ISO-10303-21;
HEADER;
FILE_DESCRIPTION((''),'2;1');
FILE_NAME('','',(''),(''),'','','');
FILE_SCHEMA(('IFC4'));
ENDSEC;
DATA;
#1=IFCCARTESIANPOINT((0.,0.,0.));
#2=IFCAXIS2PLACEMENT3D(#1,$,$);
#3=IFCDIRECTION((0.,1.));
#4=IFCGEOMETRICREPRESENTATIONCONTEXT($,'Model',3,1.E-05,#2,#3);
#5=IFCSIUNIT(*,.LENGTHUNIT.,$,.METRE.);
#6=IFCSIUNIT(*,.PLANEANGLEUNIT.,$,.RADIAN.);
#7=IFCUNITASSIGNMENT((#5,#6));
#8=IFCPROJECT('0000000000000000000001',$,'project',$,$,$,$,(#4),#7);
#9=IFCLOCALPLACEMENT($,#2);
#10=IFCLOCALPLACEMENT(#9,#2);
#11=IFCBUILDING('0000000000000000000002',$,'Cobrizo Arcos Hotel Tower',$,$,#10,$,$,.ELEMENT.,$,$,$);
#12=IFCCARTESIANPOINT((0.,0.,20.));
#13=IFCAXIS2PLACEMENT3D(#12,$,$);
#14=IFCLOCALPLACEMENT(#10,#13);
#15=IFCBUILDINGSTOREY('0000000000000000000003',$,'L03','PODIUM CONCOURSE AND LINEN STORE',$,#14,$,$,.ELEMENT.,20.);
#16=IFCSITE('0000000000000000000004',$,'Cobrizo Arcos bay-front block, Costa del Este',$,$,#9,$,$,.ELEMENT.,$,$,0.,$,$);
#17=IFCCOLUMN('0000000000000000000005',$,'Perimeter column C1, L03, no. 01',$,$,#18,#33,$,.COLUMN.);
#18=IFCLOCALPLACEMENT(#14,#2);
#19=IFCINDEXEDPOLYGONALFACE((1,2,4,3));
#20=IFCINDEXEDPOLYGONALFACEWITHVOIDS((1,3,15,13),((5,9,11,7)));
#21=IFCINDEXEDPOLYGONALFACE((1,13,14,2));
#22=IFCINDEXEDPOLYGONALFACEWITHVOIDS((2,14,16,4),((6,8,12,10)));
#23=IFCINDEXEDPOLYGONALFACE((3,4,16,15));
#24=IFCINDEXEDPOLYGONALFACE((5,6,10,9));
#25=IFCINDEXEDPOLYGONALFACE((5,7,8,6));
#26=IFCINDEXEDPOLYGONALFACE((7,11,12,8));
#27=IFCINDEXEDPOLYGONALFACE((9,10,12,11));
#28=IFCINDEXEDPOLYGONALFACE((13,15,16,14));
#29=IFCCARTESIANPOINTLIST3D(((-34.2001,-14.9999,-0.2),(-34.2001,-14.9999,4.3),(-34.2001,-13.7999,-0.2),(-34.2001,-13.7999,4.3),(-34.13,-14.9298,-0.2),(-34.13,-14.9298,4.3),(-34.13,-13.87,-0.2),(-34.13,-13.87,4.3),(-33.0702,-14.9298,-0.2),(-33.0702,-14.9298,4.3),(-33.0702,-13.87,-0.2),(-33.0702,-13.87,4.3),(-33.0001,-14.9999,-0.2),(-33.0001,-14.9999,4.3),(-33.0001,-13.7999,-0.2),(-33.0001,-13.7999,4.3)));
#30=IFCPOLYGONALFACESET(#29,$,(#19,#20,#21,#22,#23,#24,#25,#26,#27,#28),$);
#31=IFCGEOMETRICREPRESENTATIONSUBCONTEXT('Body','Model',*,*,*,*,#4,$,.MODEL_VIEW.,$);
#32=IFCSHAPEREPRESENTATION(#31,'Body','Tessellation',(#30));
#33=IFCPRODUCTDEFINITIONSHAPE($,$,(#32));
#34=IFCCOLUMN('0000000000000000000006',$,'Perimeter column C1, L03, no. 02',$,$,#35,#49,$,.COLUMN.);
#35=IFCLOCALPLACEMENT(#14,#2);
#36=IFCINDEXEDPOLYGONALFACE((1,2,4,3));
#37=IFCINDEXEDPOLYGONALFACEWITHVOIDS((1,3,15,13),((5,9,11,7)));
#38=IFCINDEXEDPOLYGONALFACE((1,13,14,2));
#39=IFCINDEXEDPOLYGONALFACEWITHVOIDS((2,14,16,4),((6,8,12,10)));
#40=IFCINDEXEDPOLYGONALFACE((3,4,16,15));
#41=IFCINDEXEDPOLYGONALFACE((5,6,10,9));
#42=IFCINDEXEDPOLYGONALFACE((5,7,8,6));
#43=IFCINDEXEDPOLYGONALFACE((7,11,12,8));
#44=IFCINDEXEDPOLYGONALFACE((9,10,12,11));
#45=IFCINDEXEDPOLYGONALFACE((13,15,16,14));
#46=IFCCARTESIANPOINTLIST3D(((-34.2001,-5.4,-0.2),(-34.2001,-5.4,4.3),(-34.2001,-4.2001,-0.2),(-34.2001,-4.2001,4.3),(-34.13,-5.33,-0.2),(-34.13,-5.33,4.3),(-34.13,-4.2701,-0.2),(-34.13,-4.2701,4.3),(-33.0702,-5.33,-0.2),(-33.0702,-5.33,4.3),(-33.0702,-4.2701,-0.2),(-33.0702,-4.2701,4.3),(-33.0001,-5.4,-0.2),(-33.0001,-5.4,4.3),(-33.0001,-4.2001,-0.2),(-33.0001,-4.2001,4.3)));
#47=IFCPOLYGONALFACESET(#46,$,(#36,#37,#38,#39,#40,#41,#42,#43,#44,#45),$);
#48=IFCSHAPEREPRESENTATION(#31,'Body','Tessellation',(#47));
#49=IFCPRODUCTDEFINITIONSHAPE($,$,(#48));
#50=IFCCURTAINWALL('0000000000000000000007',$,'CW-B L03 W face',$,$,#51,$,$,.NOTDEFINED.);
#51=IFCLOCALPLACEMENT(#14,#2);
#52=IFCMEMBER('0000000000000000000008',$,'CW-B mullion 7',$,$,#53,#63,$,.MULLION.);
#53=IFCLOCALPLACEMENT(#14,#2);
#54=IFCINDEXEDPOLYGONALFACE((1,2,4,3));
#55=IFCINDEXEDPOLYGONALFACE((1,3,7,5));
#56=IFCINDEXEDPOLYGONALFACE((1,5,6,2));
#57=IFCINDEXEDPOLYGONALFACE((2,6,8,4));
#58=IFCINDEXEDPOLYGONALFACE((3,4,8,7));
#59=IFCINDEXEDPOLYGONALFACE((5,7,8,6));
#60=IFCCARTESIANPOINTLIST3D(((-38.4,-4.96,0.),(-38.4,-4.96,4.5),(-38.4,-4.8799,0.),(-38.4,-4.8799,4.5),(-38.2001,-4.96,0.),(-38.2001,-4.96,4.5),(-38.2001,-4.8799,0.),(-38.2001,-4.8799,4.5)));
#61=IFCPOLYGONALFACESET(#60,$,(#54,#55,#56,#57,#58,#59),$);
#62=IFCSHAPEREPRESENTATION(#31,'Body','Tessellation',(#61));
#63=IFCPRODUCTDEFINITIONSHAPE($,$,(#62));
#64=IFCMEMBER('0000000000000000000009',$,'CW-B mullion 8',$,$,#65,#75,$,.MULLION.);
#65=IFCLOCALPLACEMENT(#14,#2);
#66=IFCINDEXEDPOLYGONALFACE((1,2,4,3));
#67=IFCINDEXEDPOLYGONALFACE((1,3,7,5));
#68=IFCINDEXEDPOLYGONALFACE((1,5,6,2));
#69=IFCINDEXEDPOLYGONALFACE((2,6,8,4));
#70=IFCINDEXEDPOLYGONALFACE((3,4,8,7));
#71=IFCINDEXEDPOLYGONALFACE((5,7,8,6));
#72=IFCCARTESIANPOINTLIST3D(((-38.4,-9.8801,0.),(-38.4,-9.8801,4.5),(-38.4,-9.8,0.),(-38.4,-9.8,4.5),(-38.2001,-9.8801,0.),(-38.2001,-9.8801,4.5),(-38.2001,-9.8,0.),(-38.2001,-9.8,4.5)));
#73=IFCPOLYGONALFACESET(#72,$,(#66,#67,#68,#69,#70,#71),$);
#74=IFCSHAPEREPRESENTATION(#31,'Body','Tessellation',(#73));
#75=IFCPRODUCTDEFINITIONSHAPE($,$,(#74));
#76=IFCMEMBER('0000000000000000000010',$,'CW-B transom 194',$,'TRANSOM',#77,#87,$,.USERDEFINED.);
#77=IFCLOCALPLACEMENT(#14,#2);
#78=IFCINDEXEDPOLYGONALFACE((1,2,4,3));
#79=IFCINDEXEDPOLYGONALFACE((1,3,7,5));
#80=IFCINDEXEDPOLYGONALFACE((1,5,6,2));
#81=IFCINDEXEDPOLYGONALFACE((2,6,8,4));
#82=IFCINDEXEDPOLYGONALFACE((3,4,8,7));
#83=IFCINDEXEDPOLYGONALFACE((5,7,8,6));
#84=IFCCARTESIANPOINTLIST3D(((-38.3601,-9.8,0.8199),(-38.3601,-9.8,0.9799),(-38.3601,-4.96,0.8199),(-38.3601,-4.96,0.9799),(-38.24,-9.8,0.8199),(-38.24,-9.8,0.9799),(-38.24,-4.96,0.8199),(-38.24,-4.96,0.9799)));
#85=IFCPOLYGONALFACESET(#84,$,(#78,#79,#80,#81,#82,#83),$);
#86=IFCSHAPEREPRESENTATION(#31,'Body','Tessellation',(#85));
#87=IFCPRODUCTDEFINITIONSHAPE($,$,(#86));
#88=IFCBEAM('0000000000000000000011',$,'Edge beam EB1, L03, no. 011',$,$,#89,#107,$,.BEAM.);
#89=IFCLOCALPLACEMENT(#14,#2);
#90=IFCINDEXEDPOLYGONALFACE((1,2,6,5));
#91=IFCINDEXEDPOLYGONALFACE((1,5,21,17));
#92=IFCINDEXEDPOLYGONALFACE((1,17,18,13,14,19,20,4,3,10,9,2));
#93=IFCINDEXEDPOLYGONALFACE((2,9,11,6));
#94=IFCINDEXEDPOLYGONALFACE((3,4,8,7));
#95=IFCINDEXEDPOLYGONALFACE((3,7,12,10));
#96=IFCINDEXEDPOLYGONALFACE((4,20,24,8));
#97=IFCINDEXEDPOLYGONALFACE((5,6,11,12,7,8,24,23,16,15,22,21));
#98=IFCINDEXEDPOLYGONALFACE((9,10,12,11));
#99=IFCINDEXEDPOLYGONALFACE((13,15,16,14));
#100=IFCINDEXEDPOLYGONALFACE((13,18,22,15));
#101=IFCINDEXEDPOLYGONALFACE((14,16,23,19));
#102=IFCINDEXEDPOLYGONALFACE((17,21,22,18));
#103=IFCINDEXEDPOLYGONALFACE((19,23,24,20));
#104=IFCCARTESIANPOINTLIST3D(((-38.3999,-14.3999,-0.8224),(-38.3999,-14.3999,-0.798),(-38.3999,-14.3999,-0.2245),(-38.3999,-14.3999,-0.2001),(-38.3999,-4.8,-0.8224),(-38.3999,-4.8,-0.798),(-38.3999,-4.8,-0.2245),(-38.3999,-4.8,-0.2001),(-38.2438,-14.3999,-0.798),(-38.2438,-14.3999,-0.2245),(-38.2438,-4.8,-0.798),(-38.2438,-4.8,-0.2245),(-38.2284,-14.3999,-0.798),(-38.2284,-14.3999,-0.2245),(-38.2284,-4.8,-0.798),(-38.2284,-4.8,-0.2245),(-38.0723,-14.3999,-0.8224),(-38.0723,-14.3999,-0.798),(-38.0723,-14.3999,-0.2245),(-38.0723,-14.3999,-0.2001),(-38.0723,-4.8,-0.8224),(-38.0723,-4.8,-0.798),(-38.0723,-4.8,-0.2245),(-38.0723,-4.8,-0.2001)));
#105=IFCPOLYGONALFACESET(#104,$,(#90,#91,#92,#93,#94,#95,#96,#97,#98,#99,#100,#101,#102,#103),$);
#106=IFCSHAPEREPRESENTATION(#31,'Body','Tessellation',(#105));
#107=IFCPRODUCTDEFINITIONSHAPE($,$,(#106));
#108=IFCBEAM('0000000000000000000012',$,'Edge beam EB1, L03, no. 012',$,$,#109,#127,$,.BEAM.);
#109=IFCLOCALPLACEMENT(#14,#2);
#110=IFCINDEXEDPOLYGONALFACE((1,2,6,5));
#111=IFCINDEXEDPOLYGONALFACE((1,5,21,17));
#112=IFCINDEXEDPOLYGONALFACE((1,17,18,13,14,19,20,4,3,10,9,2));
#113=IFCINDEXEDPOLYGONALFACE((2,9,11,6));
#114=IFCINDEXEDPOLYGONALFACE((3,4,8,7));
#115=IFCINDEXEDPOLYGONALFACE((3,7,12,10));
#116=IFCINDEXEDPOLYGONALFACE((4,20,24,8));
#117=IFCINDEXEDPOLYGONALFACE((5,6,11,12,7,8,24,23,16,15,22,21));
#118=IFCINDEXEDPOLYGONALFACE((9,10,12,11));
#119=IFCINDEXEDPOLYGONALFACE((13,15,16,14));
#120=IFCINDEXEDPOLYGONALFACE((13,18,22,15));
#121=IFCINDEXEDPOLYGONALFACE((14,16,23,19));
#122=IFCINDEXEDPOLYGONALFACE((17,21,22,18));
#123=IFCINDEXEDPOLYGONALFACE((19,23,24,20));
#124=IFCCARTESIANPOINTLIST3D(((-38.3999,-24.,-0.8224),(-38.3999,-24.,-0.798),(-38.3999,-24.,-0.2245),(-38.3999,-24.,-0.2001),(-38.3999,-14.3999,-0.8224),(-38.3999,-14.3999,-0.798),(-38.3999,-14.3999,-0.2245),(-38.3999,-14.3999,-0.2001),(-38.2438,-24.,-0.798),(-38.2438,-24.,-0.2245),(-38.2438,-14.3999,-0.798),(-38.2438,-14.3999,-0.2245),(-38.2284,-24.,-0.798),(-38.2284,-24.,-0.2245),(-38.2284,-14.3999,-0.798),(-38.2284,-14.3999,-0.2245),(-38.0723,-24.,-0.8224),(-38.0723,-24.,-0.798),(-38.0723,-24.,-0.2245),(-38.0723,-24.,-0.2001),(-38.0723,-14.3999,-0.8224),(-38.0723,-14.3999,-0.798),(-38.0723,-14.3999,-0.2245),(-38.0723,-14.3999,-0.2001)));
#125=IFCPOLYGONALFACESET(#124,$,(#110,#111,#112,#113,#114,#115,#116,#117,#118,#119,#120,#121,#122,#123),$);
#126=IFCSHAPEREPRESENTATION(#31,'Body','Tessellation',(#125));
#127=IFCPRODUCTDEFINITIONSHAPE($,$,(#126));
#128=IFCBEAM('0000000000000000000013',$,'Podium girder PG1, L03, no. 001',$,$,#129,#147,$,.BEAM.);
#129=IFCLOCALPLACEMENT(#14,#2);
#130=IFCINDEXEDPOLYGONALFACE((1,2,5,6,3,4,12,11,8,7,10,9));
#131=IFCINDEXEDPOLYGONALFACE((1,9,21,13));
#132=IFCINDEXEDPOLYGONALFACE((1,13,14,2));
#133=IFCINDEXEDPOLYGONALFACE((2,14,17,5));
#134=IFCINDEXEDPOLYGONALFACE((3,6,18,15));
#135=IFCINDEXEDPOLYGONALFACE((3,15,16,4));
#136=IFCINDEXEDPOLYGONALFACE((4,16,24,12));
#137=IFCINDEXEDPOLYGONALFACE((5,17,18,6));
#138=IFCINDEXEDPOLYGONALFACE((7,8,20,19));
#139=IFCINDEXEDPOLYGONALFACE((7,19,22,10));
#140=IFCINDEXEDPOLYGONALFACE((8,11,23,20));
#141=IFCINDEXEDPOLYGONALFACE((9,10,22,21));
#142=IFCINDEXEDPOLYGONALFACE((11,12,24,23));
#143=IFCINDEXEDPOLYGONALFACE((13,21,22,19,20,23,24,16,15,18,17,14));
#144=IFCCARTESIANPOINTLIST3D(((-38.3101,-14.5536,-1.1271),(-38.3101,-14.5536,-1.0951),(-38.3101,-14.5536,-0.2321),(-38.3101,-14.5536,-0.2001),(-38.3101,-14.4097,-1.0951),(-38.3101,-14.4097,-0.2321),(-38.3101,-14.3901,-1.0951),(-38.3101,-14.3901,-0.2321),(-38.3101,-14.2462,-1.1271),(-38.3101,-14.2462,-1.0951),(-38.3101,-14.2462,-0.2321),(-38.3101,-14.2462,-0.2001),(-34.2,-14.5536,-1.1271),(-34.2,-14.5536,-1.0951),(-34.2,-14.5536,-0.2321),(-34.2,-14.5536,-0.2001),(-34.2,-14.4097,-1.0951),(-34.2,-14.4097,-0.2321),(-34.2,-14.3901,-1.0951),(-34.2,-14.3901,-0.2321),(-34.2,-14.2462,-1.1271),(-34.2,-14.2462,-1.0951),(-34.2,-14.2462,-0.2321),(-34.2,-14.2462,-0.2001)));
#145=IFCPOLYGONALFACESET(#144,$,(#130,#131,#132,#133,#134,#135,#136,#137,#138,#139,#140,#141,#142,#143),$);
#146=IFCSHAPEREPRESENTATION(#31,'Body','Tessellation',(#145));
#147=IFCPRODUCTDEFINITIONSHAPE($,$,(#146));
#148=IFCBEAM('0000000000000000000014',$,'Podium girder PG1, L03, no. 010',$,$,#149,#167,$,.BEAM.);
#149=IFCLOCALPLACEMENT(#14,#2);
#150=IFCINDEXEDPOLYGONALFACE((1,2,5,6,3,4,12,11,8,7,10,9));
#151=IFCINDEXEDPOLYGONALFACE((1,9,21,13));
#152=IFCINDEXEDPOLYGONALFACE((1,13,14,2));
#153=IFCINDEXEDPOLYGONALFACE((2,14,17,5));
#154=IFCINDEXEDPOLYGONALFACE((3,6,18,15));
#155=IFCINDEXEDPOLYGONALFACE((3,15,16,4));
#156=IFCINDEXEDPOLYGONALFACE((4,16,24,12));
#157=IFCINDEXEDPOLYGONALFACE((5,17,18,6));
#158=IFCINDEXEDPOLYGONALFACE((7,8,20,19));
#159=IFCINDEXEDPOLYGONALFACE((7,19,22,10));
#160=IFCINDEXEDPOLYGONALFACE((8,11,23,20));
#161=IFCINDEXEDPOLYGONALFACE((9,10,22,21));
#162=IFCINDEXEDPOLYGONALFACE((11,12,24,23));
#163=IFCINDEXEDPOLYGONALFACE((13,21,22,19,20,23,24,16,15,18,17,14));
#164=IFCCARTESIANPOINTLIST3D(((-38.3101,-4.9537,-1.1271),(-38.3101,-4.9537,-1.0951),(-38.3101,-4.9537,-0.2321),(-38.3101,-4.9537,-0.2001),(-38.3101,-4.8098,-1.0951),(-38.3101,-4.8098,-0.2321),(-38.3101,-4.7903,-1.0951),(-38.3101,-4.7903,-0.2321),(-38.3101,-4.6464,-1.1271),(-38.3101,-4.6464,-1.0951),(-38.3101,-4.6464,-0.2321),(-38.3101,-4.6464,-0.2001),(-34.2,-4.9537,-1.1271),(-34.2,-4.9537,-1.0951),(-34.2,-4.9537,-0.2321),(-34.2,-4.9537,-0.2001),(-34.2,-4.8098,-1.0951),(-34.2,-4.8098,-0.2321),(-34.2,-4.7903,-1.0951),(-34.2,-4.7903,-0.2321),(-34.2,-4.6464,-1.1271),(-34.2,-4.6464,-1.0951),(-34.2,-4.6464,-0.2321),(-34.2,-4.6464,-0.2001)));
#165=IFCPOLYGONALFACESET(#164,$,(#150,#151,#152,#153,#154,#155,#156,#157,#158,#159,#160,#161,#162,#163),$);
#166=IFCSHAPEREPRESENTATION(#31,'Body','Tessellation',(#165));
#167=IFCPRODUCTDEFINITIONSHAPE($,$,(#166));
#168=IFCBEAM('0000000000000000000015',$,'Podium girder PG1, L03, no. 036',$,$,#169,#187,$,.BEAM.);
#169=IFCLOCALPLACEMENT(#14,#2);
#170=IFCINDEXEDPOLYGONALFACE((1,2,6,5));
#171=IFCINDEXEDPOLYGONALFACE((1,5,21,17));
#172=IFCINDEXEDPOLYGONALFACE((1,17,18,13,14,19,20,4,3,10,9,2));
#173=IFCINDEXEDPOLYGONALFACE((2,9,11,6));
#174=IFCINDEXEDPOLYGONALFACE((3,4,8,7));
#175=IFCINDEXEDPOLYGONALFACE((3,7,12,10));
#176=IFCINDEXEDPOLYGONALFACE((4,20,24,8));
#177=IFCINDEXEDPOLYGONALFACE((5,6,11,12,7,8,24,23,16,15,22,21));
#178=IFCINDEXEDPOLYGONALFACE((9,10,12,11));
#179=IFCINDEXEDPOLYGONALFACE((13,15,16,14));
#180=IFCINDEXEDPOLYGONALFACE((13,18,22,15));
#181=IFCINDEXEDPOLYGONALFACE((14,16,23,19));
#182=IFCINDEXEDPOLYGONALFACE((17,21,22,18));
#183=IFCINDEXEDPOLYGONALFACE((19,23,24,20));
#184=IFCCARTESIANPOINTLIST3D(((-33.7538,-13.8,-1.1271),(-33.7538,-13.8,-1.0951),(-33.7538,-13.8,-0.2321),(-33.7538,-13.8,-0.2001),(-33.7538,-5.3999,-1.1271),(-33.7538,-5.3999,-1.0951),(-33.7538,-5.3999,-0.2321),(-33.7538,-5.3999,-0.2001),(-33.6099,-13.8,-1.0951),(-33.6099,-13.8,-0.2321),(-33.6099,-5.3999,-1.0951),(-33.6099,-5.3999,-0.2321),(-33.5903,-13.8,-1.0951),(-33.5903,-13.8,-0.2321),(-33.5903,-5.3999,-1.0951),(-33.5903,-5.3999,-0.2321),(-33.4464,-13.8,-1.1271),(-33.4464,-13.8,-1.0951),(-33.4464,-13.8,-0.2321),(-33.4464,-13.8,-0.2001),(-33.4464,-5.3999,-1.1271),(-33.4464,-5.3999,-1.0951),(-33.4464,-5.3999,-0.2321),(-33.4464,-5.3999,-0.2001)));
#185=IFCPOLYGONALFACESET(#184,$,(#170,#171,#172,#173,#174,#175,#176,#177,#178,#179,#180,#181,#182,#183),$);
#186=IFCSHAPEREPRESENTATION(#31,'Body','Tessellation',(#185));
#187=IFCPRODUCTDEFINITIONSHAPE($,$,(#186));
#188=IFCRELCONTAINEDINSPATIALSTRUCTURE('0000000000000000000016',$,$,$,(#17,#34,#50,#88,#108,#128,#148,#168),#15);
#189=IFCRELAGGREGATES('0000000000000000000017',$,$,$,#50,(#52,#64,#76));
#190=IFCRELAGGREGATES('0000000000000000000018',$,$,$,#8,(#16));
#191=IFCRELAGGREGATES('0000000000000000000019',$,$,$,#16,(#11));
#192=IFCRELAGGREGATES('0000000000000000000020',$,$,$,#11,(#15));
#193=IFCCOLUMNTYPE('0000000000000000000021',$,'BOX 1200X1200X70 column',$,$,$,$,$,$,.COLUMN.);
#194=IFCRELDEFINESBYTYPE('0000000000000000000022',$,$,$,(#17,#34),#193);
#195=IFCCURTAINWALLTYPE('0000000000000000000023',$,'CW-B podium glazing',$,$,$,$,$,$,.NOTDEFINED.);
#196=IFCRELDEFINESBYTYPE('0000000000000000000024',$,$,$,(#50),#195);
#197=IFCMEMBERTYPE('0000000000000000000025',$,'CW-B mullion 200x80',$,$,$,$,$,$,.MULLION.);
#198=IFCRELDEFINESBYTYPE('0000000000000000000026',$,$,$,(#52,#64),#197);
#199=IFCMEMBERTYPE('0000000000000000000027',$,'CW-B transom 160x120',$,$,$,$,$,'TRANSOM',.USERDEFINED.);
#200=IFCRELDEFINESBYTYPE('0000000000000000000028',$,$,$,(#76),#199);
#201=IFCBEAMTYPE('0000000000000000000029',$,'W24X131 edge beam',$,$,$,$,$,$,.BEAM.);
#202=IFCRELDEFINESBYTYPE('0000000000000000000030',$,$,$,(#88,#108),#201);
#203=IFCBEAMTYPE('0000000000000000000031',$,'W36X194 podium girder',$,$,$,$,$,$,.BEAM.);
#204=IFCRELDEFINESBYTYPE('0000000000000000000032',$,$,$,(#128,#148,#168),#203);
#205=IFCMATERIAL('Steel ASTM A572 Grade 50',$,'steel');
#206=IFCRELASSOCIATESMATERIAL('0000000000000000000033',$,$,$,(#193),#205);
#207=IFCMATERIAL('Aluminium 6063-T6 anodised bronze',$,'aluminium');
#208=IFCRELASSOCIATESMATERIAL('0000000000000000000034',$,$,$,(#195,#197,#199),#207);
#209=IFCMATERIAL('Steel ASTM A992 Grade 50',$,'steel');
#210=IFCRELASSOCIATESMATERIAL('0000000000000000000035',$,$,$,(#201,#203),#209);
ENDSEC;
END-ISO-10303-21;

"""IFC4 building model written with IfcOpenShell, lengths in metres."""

from ifc_helpers import new_model, si_unit, direction, frame, origin, origin_2d, place, context, subcontext, project, spatial, rectangle, hollow_rectangle, i_section, extrude, material, material_profile, profile_set, type_object, element, aggregate, save


model = new_model("IFC4")

# Units and contexts
model_context = context("Model", 3, precision=1e-05, world=origin(), true_north=direction((0.0, 1.0)))
body_context = subcontext(model_context, "Body", "Model", "MODEL_VIEW")
ifc_project = project(units=[si_unit("LENGTHUNIT", "METRE"), si_unit("PLANEANGLEUNIT", "RADIAN")], contexts=[model_context])

# Site, building, storey
site_placement = place(None, origin())
site = spatial("IfcSite", under=ifc_project, at=site_placement, Name="Cobrizo Arcos bay-front block, Costa del Este", CompositionType="ELEMENT", RefElevation=0.0)
building_placement = place(site_placement, origin())
building = spatial("IfcBuilding", under=site, at=building_placement, Name="Cobrizo Arcos Hotel Tower", CompositionType="ELEMENT")
storey_placement = place(building_placement, frame((0.0, 0.0, 20.0)))
storey = spatial("IfcBuildingStorey", under=building, at=storey_placement, Name="L03", Description="PODIUM CONCOURSE AND LINEN STORE", CompositionType="ELEMENT", Elevation=20.0)

# Columns
ifc_material_1 = material(Name="Steel ASTM A572 Grade 50", Category="steel")
ifc_material_profile_1 = material_profile(ifc_material_1, hollow_rectangle(XDim=1.2, YDim=1.2, WallThickness=0.0701, at=origin_2d()), Name="BOX 1200X1200X70")
ifc_profile_set_1 = profile_set([ifc_material_profile_1], Name="Steel ASTM A572 Grade 50")
column_type = type_object("IfcColumnType", Name="BOX 1200X1200X70 column", PredefinedType="COLUMN", material=ifc_profile_set_1)
for number, where, z_axis, x_axis, name in (
    (1, (-33.6001, -14.3999, -0.2), (0.0, 0.0, 1.0), (1.0, 0.0, 0.0), "Perimeter column C1, L03, no. 01"),
    (2, (-33.6001, -4.8, -0.2), (0.0, 0.0, 1.0), (1.0, 0.0, 0.0), "Perimeter column C1, L03, no. 02"),
):
    element("IfcColumn", number, at=place(storey_placement, frame(where, z_axis=z_axis, x_axis=x_axis)), inside=storey, type_object=column_type, Name=name, PredefinedType="COLUMN", context=body_context, shape_type="SweptSolid", body=[
        extrude(hollow_rectangle(XDim=1.2, YDim=1.2, WallThickness=0.0701, at=origin_2d()), origin(), (0.0, 0.0, 1.0), 4.5),
    ])

# Curtain wall, members
ifc_material_2 = material(Name="Aluminium 6063-T6 anodised bronze", Category="aluminium")
curtain_wall_type = type_object("IfcCurtainWallType", Name="CW-B podium glazing", PredefinedType="NOTDEFINED", material=ifc_material_2)
curtain_wall_placement = place(storey_placement, origin())
curtain_wall = element("IfcCurtainWall", 3, at=curtain_wall_placement, inside=storey, type_object=curtain_wall_type, Name="CW-B L03 W face", PredefinedType="NOTDEFINED")
ifc_material_profile_2 = material_profile(ifc_material_2, rectangle(XDim=0.2, YDim=0.0801, at=origin_2d()), Name="CW-B mullion 200x80")
ifc_profile_set_2 = profile_set([ifc_material_profile_2], Name="Aluminium 6063-T6 anodised bronze")
member_type_1 = type_object("IfcMemberType", Name="CW-B mullion 200x80", PredefinedType="MULLION", material=ifc_profile_set_2)
member_1_placement = place(storey_placement, frame((-38.3, -4.9199, 0.0), z_axis=(0.0, 0.0, 1.0), x_axis=(-1.0, 0.0, 0.0)))
member_1 = element("IfcMember", 4, at=member_1_placement, type_object=member_type_1, Name="CW-B mullion 7", PredefinedType="MULLION", context=body_context, shape_type="SweptSolid", body=[
    extrude(rectangle(XDim=0.2, YDim=0.0801, at=origin_2d()), origin(), (0.0, 0.0, 1.0), 4.5),
])
member_2_placement = place(storey_placement, frame((-38.3, -9.8401, 0.0), z_axis=(0.0, 0.0, 1.0), x_axis=(-1.0, 0.0, 0.0)))
member_2 = element("IfcMember", 5, at=member_2_placement, type_object=member_type_1, Name="CW-B mullion 8", PredefinedType="MULLION", context=body_context, shape_type="SweptSolid", body=[
    extrude(rectangle(XDim=0.2, YDim=0.0801, at=origin_2d()), origin(), (0.0, 0.0, 1.0), 4.5),
])
ifc_material_profile_3 = material_profile(ifc_material_2, rectangle(XDim=0.1201, YDim=0.1599, at=origin_2d()), Name="CW-B transom 160x120")
ifc_profile_set_3 = profile_set([ifc_material_profile_3], Name="Aluminium 6063-T6 anodised bronze")
member_type_2 = type_object("IfcMemberType", Name="CW-B transom 160x120", ElementType="TRANSOM", PredefinedType="USERDEFINED", material=ifc_profile_set_3)
member_3_placement = place(storey_placement, frame((-38.3, -4.96, 0.8999), z_axis=(0.0, -1.0, 0.0), x_axis=(1.0, 0.0, 0.0)))
member_3 = element("IfcMember", 6, at=member_3_placement, type_object=member_type_2, Name="CW-B transom 194", ObjectType="TRANSOM", PredefinedType="USERDEFINED", context=body_context, shape_type="SweptSolid", body=[
    extrude(rectangle(XDim=0.1201, YDim=0.1599, at=origin_2d()), origin(), (0.0, 0.0, 1.0), 4.8401),
])

# Beams
ifc_material_3 = material(Name="Steel ASTM A992 Grade 50", Category="steel")
ifc_material_profile_4 = material_profile(ifc_material_3, i_section(OverallWidth=0.3276, OverallDepth=0.6223, WebThickness=0.0154, FlangeThickness=0.0244, at=origin_2d()), Name="W24X131")
ifc_profile_set_4 = profile_set([ifc_material_profile_4], Name="Steel ASTM A992 Grade 50")
beam_type_1 = type_object("IfcBeamType", Name="W24X131 edge beam", PredefinedType="BEAM", material=ifc_profile_set_4)
beam_1_placement = place(storey_placement, frame((-38.2361, -4.8, -0.5112), z_axis=(0.0, -1.0, 0.0), x_axis=(1.0, 0.0, 0.0)))
element("IfcBeam", 7, at=beam_1_placement, inside=storey, type_object=beam_type_1, Name="Edge beam EB1, L03, no. 011", PredefinedType="BEAM", context=body_context, shape_type="SweptSolid", body=[
    extrude(i_section(OverallWidth=0.3276, OverallDepth=0.6223, WebThickness=0.0154, FlangeThickness=0.0244, at=origin_2d()), origin(), (0.0, 0.0, 1.0), 9.5999),
])
beam_2_placement = place(storey_placement, frame((-38.2361, -14.3999, -0.5112), z_axis=(0.0, -1.0, 0.0), x_axis=(1.0, 0.0, 0.0)))
element("IfcBeam", 8, at=beam_2_placement, inside=storey, type_object=beam_type_1, Name="Edge beam EB1, L03, no. 012", PredefinedType="BEAM", context=body_context, shape_type="SweptSolid", body=[
    extrude(i_section(OverallWidth=0.3276, OverallDepth=0.6223, WebThickness=0.0154, FlangeThickness=0.0244, at=origin_2d()), origin(), (0.0, 0.0, 1.0), 9.6001),
])
ifc_material_profile_5 = material_profile(ifc_material_3, i_section(OverallWidth=0.3074, OverallDepth=0.927, WebThickness=0.0195, FlangeThickness=0.032, at=origin_2d()), Name="W36X194")
ifc_profile_set_5 = profile_set([ifc_material_profile_5], Name="Steel ASTM A992 Grade 50")
beam_type_2 = type_object("IfcBeamType", Name="W36X194 podium girder", PredefinedType="BEAM", material=ifc_profile_set_5)
for number, where, z_axis, x_axis, name in (
    (9, (-38.3101, -14.3999, -0.6636), (1.0, 0.0, 0.0), (0.0, 1.0, 0.0), "Podium girder PG1, L03, no. 001"),
    (10, (-38.3101, -4.8, -0.6636), (1.0, 0.0, 0.0), (0.0, 1.0, 0.0), "Podium girder PG1, L03, no. 010"),
):
    element("IfcBeam", number, at=place(storey_placement, frame(where, z_axis=z_axis, x_axis=x_axis)), inside=storey, type_object=beam_type_2, Name=name, PredefinedType="BEAM", context=body_context, shape_type="SweptSolid", body=[
        extrude(i_section(OverallWidth=0.3074, OverallDepth=0.927, WebThickness=0.0195, FlangeThickness=0.032, at=origin_2d()), origin(), (0.0, 0.0, 1.0), 4.1101),
    ])
beam_3_placement = place(storey_placement, frame((-33.6001, -13.8, -0.6636), z_axis=(0.0, 1.0, 0.0), x_axis=(-1.0, 0.0, 0.0)))
element("IfcBeam", 11, at=beam_3_placement, inside=storey, type_object=beam_type_2, Name="Podium girder PG1, L03, no. 036", PredefinedType="BEAM", context=body_context, shape_type="SweptSolid", body=[
    extrude(i_section(OverallWidth=0.3074, OverallDepth=0.927, WebThickness=0.0195, FlangeThickness=0.032, at=origin_2d()), origin(), (0.0, 0.0, 1.0), 8.4001),
])

aggregate(curtain_wall, [member_1, member_2, member_3])

save(model, "model.ifc")
